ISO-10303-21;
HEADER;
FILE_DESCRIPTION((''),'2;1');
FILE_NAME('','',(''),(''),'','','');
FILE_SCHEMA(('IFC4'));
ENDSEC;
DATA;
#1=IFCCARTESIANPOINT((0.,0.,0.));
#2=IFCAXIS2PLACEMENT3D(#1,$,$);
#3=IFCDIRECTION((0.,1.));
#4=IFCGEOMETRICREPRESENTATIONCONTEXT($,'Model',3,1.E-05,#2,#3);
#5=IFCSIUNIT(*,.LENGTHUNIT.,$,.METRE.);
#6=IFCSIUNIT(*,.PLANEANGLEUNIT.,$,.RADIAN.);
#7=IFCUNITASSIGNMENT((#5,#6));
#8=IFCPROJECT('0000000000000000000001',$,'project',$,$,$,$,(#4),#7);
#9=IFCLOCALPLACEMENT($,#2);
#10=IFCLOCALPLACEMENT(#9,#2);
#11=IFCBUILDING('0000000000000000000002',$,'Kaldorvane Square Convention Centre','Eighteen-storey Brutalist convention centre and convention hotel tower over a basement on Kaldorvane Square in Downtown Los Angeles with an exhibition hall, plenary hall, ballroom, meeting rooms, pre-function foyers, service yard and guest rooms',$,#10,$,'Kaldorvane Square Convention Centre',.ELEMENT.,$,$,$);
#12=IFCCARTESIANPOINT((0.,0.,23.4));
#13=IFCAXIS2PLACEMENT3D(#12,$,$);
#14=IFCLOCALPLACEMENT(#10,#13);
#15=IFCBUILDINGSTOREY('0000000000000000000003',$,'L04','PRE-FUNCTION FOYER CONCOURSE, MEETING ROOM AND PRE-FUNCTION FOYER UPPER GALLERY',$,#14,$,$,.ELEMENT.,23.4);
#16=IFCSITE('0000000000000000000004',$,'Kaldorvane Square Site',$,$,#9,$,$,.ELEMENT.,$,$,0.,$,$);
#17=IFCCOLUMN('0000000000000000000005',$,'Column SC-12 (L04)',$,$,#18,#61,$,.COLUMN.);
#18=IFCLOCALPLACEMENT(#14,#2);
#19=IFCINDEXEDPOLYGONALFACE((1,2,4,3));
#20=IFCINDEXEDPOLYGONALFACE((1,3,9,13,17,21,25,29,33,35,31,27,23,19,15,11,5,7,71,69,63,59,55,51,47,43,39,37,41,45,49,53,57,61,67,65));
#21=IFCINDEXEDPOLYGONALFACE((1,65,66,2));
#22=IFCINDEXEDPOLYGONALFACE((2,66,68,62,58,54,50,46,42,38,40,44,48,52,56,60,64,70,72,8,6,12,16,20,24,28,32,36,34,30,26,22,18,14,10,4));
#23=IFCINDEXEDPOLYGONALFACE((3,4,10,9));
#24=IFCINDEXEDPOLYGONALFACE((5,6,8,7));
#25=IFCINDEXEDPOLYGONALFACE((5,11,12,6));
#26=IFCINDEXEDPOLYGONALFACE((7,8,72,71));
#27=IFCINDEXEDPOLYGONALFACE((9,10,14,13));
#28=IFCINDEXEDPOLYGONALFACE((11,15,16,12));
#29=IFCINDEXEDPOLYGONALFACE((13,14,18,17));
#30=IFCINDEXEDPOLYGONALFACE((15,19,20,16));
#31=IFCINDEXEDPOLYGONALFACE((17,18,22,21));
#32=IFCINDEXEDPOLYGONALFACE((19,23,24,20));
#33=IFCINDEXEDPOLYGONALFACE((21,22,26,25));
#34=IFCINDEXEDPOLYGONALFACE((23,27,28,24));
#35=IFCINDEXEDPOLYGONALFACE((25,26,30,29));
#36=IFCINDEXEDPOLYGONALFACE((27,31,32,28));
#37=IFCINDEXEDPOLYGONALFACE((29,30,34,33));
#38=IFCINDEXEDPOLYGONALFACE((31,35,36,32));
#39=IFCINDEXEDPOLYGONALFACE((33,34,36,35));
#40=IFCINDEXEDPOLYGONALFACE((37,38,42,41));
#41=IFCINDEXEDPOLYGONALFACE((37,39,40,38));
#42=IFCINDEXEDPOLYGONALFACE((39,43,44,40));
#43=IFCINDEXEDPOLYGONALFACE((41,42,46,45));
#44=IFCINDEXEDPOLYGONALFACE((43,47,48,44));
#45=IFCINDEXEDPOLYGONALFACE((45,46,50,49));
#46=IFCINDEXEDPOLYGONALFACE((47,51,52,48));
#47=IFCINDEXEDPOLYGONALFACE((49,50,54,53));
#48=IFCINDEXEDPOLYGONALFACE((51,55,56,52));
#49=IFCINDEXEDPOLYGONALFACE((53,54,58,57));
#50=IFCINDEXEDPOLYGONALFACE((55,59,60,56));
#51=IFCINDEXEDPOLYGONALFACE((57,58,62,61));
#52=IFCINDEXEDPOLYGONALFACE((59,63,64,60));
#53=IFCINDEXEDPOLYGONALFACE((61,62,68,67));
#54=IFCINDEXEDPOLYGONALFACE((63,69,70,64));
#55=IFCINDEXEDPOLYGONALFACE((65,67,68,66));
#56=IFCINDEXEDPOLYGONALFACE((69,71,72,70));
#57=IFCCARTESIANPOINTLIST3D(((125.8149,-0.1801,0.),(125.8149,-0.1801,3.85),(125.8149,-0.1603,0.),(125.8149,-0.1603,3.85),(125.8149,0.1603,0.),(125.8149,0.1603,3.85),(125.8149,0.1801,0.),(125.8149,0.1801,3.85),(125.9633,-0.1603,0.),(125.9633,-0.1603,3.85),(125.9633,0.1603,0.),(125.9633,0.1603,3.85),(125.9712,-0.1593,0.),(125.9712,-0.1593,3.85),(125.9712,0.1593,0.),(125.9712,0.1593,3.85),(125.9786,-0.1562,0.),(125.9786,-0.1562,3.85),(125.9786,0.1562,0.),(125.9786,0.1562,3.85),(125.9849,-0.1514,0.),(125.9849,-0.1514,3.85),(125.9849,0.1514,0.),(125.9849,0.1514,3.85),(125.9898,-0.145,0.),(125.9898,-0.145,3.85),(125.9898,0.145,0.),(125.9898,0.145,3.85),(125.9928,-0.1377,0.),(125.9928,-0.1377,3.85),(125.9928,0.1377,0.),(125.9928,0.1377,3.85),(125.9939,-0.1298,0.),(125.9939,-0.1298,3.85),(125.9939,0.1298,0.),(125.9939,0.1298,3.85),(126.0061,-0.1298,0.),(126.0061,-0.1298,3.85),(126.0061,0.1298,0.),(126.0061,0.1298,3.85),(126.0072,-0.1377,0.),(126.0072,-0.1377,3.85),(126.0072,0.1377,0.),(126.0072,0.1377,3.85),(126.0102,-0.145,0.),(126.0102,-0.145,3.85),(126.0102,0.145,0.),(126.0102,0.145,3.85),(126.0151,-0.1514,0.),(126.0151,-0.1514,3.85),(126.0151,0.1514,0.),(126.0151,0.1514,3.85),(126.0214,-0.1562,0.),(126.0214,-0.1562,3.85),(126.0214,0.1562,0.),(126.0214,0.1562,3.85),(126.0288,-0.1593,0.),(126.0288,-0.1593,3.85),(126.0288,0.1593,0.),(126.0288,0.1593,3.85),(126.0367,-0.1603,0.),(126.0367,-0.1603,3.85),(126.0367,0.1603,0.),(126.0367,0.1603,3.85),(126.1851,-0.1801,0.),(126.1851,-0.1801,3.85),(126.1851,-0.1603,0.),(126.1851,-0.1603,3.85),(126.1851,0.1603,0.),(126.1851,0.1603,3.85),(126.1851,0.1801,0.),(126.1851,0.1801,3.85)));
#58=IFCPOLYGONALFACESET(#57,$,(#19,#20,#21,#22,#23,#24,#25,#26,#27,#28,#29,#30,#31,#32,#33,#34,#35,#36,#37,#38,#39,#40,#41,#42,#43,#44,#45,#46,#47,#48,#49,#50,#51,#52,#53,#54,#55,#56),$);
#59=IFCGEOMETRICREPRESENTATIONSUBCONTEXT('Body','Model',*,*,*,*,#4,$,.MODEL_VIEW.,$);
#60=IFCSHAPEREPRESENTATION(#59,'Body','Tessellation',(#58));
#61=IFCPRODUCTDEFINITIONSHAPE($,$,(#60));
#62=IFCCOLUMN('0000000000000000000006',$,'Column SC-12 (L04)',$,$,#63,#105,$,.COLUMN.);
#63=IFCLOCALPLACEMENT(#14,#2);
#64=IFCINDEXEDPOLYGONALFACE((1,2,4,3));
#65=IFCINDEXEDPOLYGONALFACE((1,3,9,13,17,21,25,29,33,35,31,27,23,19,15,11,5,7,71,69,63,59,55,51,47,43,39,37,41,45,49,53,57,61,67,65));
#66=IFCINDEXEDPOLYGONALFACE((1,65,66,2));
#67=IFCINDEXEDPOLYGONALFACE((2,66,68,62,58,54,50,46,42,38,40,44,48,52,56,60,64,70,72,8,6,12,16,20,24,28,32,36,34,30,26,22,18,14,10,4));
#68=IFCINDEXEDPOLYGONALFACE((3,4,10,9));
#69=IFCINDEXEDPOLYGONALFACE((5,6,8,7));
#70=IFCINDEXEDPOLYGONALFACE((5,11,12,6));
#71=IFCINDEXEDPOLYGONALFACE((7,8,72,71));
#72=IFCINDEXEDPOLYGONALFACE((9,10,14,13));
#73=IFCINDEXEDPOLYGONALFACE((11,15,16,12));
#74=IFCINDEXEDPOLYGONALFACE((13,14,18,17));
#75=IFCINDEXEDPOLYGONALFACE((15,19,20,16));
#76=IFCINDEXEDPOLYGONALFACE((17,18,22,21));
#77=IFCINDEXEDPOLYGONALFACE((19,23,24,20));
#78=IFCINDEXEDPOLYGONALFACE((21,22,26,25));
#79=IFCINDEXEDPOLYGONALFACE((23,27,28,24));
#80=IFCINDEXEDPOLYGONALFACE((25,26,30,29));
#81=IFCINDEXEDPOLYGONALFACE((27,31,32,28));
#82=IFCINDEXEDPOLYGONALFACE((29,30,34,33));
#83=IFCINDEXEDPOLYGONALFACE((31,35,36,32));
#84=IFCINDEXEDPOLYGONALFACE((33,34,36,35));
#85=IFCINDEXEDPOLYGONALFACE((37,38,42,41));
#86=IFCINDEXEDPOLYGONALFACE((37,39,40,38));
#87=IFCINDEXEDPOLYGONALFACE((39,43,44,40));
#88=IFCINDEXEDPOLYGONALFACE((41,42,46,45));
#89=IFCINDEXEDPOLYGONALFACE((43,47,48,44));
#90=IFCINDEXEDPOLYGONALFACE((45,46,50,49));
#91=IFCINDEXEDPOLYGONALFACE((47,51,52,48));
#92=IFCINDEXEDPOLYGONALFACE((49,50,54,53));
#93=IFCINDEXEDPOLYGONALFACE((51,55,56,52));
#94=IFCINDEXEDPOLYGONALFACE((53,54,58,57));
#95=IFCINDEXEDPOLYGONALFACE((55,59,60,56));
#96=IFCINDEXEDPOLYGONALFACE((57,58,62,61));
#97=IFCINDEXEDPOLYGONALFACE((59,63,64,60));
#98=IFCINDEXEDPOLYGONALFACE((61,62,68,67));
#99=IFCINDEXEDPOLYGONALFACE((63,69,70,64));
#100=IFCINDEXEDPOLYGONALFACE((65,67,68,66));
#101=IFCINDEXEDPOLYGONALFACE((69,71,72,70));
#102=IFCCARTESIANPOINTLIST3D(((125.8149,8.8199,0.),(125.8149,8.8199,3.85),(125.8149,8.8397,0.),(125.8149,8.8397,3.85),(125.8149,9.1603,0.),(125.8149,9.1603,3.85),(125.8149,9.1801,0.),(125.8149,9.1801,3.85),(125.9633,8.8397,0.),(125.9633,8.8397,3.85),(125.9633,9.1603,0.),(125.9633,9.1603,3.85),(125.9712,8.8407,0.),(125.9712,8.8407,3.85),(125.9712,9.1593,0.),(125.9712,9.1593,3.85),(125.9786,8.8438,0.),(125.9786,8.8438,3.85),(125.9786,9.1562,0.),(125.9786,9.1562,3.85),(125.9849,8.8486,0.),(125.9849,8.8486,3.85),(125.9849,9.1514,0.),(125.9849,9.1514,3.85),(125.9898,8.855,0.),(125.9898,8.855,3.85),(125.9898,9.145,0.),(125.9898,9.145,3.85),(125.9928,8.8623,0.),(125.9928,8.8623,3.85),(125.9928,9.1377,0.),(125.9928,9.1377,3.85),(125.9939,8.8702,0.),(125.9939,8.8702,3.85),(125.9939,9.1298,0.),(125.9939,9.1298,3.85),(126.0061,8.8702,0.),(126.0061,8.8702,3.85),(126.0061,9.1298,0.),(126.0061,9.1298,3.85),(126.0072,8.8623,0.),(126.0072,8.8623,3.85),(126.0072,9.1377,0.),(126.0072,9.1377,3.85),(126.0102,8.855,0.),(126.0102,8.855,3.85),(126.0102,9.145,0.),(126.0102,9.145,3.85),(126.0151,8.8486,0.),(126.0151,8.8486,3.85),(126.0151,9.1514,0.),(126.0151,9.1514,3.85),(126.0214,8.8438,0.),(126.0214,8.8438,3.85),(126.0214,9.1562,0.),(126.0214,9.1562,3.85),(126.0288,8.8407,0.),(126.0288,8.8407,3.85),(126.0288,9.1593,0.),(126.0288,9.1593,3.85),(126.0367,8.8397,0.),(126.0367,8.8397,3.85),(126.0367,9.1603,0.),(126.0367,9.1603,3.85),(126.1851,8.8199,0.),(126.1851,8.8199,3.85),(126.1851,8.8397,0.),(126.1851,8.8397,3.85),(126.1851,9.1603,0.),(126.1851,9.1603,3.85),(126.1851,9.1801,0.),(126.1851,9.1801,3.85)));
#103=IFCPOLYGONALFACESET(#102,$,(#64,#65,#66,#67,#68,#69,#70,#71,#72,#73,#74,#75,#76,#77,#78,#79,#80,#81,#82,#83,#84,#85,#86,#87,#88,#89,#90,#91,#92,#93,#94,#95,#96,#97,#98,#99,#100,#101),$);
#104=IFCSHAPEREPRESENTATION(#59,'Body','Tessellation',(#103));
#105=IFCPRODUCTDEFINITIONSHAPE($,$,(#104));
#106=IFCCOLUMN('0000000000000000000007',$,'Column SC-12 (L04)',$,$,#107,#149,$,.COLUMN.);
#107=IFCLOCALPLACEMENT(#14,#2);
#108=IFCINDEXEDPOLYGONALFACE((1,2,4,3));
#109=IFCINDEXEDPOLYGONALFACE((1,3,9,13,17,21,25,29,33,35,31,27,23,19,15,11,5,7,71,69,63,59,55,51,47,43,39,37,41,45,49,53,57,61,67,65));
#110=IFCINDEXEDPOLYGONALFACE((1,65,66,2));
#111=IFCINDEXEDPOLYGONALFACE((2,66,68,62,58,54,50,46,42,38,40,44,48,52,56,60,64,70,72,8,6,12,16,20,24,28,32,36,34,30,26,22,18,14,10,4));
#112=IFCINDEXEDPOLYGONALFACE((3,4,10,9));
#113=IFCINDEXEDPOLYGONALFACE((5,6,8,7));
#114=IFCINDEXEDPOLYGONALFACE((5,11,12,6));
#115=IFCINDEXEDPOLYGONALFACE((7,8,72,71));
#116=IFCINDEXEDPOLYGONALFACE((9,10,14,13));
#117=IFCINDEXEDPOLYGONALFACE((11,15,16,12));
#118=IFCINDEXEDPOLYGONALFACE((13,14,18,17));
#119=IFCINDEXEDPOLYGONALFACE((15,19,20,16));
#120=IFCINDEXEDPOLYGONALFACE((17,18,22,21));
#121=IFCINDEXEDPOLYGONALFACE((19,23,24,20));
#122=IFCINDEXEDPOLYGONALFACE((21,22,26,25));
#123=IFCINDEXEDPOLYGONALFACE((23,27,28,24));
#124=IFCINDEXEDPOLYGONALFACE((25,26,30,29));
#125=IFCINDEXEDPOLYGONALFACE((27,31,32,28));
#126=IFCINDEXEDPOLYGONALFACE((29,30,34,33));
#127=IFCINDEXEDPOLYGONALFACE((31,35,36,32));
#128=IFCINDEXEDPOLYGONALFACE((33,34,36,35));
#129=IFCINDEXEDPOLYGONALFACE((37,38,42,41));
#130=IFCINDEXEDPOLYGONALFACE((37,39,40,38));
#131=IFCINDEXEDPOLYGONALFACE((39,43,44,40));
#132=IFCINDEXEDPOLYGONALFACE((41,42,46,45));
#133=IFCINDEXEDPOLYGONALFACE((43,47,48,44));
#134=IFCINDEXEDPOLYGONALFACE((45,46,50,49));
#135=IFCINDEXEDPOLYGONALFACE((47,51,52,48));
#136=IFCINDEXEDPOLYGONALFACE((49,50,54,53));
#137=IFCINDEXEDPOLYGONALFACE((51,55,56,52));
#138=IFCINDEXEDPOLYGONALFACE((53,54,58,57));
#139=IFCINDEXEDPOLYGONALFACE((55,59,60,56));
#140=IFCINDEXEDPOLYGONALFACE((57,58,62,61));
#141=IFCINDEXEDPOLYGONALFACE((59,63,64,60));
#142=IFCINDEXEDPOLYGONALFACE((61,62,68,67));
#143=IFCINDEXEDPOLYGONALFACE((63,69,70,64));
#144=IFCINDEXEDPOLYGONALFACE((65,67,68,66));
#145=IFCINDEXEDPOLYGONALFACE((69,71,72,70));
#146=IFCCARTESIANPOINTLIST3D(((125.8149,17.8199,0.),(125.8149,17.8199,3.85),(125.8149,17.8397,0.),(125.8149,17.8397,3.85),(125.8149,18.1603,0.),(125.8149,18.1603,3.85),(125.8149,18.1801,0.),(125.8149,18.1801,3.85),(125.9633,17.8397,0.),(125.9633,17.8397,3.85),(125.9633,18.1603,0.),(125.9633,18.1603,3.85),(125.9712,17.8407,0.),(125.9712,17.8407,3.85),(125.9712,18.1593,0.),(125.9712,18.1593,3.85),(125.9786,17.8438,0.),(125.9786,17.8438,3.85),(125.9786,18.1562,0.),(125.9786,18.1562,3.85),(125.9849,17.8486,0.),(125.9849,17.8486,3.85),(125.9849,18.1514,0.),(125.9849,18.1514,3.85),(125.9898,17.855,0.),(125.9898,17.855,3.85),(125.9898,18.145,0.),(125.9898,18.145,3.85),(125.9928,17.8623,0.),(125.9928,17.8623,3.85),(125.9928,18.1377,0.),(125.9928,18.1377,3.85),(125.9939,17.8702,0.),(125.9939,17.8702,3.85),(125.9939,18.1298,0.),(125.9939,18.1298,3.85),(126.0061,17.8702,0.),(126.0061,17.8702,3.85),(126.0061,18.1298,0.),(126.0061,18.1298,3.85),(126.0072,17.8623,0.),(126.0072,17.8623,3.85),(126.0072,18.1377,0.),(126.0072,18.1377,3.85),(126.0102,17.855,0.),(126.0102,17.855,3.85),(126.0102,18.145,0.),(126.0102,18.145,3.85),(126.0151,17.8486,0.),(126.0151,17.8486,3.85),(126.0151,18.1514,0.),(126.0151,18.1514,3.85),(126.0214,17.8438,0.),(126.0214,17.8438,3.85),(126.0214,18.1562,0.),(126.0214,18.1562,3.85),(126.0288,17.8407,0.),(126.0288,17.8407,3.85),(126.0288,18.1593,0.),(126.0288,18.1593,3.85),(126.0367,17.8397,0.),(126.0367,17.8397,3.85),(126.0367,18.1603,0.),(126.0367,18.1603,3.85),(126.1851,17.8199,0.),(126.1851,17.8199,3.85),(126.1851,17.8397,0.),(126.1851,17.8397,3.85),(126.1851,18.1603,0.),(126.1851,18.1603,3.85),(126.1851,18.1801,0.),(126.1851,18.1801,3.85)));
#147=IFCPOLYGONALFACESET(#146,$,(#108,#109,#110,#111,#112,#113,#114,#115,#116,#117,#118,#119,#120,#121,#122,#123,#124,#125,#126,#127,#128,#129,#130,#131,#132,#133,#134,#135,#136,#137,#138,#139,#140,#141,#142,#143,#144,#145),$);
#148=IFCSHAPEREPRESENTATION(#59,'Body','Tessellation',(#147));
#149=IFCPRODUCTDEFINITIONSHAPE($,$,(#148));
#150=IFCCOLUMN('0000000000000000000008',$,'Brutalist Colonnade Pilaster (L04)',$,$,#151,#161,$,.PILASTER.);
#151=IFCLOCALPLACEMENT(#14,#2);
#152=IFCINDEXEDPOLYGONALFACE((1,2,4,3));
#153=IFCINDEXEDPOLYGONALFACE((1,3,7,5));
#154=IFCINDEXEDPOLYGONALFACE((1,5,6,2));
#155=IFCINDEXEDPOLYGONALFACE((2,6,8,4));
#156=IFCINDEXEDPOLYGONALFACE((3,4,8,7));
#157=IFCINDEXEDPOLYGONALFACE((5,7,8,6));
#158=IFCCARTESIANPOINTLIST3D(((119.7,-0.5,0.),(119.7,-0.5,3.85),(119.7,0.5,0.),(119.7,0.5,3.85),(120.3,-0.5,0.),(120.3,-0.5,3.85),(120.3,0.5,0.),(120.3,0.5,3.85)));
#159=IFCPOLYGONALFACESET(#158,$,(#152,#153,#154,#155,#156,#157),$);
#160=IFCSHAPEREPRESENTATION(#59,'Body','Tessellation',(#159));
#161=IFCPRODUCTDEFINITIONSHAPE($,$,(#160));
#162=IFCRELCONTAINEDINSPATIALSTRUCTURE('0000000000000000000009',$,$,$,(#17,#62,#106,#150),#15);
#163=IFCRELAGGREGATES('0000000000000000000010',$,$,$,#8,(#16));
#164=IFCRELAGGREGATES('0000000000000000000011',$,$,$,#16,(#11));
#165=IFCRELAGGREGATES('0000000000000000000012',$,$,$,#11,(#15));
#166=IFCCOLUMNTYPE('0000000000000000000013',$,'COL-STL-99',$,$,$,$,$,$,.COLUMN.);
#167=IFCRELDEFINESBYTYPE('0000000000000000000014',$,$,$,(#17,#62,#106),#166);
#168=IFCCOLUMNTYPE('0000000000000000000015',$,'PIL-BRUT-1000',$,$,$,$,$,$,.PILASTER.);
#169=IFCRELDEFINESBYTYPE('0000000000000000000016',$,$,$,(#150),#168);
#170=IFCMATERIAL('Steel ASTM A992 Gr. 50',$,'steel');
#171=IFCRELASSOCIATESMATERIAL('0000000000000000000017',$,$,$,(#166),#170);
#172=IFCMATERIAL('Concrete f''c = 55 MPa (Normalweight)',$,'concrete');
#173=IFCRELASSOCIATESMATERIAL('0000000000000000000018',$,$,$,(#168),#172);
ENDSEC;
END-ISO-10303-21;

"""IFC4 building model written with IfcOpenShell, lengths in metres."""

from ifc_helpers import new_model, si_unit, direction, frame, origin, origin_2d, place, context, subcontext, project, spatial, rectangle, i_section, extrude, material, material_profile, profile_set, type_object, element, save


model = new_model("IFC4")

# Units and contexts
model_context = context("Model", 3, precision=1e-05, world=origin(), true_north=direction((0.0, 1.0)))
body_context = subcontext(model_context, "Body", "Model", "MODEL_VIEW")
ifc_project = project(units=[si_unit("LENGTHUNIT", "METRE"), si_unit("PLANEANGLEUNIT", "RADIAN")], contexts=[model_context])

# Site, building, storey
site_placement = place(None, origin())
site = spatial("IfcSite", under=ifc_project, at=site_placement, Name="Kaldorvane Square Site", CompositionType="ELEMENT", RefElevation=0.0)
building_placement = place(site_placement, origin())
building = spatial("IfcBuilding", under=site, at=building_placement, Name="Kaldorvane Square Convention Centre", Description="Eighteen-storey Brutalist convention centre and convention hotel tower over a basement on Kaldorvane Square in Downtown Los Angeles with an exhibition hall, plenary hall, ballroom, meeting rooms, pre-function foyers, service yard and guest rooms", LongName="Kaldorvane Square Convention Centre", CompositionType="ELEMENT")
storey_placement = place(building_placement, frame((0.0, 0.0, 23.4)))
storey = spatial("IfcBuildingStorey", under=building, at=storey_placement, Name="L04", Description="PRE-FUNCTION FOYER CONCOURSE, MEETING ROOM AND PRE-FUNCTION FOYER UPPER GALLERY", CompositionType="ELEMENT", Elevation=23.4)

# Columns
ifc_material_1 = material(Name="Steel ASTM A992 Gr. 50", Category="steel")
ifc_material_profile_1 = material_profile(ifc_material_1, i_section(OverallWidth=0.3701, OverallDepth=0.3602, WebThickness=0.0123, FlangeThickness=0.0198, FilletRadius=0.0305, at=origin_2d()), Name="W14X99")
ifc_profile_set_1 = profile_set([ifc_material_profile_1], Name="Steel ASTM A992 Gr. 50")
column_type_1 = type_object("IfcColumnType", Name="COL-STL-99", PredefinedType="COLUMN", material=ifc_profile_set_1)
for number, where, z_axis, x_axis, name in (
    (1, (126.0, 0.0, 0.0), (0.0, 0.0, 1.0), (1.0, 0.0, 0.0), "Column SC-12 (L04)"),
    (2, (126.0, 9.0, 0.0), (0.0, 0.0, 1.0), (1.0, 0.0, 0.0), "Column SC-12 (L04)"),
    (3, (126.0, 18.0, 0.0), (0.0, 0.0, 1.0), (1.0, 0.0, 0.0), "Column SC-12 (L04)"),
):
    element("IfcColumn", number, at=place(storey_placement, frame(where, z_axis=z_axis, x_axis=x_axis)), inside=storey, type_object=column_type_1, Name=name, PredefinedType="COLUMN", context=body_context, shape_type="SweptSolid", body=[
        extrude(i_section(OverallWidth=0.3701, OverallDepth=0.3602, WebThickness=0.0123, FlangeThickness=0.0198, FilletRadius=0.0305, at=origin_2d()), origin(), (0.0, 0.0, 1.0), 3.85),
    ])
ifc_material_2 = material(Name="Concrete f'c = 55 MPa (Normalweight)", Category="concrete")
ifc_material_profile_2 = material_profile(ifc_material_2, rectangle(XDim=0.6, YDim=1.0, at=origin_2d()), Name="PIL1000X600")
ifc_profile_set_2 = profile_set([ifc_material_profile_2], Name="Concrete f'c = 55 MPa (Normalweight)")
column_type_2 = type_object("IfcColumnType", Name="PIL-BRUT-1000", PredefinedType="PILASTER", material=ifc_profile_set_2)
column_placement = place(storey_placement, frame((120.0, 0.0, 0.0), z_axis=(0.0, 0.0, 1.0), x_axis=(1.0, 0.0, 0.0)))
element("IfcColumn", 4, at=column_placement, inside=storey, type_object=column_type_2, Name="Brutalist Colonnade Pilaster (L04)", PredefinedType="PILASTER", context=body_context, shape_type="SweptSolid", body=[
    extrude(rectangle(XDim=0.6, YDim=1.0, at=origin_2d()), origin(), (0.0, 0.0, 1.0), 3.85),
])

save(model, "model.ifc")
